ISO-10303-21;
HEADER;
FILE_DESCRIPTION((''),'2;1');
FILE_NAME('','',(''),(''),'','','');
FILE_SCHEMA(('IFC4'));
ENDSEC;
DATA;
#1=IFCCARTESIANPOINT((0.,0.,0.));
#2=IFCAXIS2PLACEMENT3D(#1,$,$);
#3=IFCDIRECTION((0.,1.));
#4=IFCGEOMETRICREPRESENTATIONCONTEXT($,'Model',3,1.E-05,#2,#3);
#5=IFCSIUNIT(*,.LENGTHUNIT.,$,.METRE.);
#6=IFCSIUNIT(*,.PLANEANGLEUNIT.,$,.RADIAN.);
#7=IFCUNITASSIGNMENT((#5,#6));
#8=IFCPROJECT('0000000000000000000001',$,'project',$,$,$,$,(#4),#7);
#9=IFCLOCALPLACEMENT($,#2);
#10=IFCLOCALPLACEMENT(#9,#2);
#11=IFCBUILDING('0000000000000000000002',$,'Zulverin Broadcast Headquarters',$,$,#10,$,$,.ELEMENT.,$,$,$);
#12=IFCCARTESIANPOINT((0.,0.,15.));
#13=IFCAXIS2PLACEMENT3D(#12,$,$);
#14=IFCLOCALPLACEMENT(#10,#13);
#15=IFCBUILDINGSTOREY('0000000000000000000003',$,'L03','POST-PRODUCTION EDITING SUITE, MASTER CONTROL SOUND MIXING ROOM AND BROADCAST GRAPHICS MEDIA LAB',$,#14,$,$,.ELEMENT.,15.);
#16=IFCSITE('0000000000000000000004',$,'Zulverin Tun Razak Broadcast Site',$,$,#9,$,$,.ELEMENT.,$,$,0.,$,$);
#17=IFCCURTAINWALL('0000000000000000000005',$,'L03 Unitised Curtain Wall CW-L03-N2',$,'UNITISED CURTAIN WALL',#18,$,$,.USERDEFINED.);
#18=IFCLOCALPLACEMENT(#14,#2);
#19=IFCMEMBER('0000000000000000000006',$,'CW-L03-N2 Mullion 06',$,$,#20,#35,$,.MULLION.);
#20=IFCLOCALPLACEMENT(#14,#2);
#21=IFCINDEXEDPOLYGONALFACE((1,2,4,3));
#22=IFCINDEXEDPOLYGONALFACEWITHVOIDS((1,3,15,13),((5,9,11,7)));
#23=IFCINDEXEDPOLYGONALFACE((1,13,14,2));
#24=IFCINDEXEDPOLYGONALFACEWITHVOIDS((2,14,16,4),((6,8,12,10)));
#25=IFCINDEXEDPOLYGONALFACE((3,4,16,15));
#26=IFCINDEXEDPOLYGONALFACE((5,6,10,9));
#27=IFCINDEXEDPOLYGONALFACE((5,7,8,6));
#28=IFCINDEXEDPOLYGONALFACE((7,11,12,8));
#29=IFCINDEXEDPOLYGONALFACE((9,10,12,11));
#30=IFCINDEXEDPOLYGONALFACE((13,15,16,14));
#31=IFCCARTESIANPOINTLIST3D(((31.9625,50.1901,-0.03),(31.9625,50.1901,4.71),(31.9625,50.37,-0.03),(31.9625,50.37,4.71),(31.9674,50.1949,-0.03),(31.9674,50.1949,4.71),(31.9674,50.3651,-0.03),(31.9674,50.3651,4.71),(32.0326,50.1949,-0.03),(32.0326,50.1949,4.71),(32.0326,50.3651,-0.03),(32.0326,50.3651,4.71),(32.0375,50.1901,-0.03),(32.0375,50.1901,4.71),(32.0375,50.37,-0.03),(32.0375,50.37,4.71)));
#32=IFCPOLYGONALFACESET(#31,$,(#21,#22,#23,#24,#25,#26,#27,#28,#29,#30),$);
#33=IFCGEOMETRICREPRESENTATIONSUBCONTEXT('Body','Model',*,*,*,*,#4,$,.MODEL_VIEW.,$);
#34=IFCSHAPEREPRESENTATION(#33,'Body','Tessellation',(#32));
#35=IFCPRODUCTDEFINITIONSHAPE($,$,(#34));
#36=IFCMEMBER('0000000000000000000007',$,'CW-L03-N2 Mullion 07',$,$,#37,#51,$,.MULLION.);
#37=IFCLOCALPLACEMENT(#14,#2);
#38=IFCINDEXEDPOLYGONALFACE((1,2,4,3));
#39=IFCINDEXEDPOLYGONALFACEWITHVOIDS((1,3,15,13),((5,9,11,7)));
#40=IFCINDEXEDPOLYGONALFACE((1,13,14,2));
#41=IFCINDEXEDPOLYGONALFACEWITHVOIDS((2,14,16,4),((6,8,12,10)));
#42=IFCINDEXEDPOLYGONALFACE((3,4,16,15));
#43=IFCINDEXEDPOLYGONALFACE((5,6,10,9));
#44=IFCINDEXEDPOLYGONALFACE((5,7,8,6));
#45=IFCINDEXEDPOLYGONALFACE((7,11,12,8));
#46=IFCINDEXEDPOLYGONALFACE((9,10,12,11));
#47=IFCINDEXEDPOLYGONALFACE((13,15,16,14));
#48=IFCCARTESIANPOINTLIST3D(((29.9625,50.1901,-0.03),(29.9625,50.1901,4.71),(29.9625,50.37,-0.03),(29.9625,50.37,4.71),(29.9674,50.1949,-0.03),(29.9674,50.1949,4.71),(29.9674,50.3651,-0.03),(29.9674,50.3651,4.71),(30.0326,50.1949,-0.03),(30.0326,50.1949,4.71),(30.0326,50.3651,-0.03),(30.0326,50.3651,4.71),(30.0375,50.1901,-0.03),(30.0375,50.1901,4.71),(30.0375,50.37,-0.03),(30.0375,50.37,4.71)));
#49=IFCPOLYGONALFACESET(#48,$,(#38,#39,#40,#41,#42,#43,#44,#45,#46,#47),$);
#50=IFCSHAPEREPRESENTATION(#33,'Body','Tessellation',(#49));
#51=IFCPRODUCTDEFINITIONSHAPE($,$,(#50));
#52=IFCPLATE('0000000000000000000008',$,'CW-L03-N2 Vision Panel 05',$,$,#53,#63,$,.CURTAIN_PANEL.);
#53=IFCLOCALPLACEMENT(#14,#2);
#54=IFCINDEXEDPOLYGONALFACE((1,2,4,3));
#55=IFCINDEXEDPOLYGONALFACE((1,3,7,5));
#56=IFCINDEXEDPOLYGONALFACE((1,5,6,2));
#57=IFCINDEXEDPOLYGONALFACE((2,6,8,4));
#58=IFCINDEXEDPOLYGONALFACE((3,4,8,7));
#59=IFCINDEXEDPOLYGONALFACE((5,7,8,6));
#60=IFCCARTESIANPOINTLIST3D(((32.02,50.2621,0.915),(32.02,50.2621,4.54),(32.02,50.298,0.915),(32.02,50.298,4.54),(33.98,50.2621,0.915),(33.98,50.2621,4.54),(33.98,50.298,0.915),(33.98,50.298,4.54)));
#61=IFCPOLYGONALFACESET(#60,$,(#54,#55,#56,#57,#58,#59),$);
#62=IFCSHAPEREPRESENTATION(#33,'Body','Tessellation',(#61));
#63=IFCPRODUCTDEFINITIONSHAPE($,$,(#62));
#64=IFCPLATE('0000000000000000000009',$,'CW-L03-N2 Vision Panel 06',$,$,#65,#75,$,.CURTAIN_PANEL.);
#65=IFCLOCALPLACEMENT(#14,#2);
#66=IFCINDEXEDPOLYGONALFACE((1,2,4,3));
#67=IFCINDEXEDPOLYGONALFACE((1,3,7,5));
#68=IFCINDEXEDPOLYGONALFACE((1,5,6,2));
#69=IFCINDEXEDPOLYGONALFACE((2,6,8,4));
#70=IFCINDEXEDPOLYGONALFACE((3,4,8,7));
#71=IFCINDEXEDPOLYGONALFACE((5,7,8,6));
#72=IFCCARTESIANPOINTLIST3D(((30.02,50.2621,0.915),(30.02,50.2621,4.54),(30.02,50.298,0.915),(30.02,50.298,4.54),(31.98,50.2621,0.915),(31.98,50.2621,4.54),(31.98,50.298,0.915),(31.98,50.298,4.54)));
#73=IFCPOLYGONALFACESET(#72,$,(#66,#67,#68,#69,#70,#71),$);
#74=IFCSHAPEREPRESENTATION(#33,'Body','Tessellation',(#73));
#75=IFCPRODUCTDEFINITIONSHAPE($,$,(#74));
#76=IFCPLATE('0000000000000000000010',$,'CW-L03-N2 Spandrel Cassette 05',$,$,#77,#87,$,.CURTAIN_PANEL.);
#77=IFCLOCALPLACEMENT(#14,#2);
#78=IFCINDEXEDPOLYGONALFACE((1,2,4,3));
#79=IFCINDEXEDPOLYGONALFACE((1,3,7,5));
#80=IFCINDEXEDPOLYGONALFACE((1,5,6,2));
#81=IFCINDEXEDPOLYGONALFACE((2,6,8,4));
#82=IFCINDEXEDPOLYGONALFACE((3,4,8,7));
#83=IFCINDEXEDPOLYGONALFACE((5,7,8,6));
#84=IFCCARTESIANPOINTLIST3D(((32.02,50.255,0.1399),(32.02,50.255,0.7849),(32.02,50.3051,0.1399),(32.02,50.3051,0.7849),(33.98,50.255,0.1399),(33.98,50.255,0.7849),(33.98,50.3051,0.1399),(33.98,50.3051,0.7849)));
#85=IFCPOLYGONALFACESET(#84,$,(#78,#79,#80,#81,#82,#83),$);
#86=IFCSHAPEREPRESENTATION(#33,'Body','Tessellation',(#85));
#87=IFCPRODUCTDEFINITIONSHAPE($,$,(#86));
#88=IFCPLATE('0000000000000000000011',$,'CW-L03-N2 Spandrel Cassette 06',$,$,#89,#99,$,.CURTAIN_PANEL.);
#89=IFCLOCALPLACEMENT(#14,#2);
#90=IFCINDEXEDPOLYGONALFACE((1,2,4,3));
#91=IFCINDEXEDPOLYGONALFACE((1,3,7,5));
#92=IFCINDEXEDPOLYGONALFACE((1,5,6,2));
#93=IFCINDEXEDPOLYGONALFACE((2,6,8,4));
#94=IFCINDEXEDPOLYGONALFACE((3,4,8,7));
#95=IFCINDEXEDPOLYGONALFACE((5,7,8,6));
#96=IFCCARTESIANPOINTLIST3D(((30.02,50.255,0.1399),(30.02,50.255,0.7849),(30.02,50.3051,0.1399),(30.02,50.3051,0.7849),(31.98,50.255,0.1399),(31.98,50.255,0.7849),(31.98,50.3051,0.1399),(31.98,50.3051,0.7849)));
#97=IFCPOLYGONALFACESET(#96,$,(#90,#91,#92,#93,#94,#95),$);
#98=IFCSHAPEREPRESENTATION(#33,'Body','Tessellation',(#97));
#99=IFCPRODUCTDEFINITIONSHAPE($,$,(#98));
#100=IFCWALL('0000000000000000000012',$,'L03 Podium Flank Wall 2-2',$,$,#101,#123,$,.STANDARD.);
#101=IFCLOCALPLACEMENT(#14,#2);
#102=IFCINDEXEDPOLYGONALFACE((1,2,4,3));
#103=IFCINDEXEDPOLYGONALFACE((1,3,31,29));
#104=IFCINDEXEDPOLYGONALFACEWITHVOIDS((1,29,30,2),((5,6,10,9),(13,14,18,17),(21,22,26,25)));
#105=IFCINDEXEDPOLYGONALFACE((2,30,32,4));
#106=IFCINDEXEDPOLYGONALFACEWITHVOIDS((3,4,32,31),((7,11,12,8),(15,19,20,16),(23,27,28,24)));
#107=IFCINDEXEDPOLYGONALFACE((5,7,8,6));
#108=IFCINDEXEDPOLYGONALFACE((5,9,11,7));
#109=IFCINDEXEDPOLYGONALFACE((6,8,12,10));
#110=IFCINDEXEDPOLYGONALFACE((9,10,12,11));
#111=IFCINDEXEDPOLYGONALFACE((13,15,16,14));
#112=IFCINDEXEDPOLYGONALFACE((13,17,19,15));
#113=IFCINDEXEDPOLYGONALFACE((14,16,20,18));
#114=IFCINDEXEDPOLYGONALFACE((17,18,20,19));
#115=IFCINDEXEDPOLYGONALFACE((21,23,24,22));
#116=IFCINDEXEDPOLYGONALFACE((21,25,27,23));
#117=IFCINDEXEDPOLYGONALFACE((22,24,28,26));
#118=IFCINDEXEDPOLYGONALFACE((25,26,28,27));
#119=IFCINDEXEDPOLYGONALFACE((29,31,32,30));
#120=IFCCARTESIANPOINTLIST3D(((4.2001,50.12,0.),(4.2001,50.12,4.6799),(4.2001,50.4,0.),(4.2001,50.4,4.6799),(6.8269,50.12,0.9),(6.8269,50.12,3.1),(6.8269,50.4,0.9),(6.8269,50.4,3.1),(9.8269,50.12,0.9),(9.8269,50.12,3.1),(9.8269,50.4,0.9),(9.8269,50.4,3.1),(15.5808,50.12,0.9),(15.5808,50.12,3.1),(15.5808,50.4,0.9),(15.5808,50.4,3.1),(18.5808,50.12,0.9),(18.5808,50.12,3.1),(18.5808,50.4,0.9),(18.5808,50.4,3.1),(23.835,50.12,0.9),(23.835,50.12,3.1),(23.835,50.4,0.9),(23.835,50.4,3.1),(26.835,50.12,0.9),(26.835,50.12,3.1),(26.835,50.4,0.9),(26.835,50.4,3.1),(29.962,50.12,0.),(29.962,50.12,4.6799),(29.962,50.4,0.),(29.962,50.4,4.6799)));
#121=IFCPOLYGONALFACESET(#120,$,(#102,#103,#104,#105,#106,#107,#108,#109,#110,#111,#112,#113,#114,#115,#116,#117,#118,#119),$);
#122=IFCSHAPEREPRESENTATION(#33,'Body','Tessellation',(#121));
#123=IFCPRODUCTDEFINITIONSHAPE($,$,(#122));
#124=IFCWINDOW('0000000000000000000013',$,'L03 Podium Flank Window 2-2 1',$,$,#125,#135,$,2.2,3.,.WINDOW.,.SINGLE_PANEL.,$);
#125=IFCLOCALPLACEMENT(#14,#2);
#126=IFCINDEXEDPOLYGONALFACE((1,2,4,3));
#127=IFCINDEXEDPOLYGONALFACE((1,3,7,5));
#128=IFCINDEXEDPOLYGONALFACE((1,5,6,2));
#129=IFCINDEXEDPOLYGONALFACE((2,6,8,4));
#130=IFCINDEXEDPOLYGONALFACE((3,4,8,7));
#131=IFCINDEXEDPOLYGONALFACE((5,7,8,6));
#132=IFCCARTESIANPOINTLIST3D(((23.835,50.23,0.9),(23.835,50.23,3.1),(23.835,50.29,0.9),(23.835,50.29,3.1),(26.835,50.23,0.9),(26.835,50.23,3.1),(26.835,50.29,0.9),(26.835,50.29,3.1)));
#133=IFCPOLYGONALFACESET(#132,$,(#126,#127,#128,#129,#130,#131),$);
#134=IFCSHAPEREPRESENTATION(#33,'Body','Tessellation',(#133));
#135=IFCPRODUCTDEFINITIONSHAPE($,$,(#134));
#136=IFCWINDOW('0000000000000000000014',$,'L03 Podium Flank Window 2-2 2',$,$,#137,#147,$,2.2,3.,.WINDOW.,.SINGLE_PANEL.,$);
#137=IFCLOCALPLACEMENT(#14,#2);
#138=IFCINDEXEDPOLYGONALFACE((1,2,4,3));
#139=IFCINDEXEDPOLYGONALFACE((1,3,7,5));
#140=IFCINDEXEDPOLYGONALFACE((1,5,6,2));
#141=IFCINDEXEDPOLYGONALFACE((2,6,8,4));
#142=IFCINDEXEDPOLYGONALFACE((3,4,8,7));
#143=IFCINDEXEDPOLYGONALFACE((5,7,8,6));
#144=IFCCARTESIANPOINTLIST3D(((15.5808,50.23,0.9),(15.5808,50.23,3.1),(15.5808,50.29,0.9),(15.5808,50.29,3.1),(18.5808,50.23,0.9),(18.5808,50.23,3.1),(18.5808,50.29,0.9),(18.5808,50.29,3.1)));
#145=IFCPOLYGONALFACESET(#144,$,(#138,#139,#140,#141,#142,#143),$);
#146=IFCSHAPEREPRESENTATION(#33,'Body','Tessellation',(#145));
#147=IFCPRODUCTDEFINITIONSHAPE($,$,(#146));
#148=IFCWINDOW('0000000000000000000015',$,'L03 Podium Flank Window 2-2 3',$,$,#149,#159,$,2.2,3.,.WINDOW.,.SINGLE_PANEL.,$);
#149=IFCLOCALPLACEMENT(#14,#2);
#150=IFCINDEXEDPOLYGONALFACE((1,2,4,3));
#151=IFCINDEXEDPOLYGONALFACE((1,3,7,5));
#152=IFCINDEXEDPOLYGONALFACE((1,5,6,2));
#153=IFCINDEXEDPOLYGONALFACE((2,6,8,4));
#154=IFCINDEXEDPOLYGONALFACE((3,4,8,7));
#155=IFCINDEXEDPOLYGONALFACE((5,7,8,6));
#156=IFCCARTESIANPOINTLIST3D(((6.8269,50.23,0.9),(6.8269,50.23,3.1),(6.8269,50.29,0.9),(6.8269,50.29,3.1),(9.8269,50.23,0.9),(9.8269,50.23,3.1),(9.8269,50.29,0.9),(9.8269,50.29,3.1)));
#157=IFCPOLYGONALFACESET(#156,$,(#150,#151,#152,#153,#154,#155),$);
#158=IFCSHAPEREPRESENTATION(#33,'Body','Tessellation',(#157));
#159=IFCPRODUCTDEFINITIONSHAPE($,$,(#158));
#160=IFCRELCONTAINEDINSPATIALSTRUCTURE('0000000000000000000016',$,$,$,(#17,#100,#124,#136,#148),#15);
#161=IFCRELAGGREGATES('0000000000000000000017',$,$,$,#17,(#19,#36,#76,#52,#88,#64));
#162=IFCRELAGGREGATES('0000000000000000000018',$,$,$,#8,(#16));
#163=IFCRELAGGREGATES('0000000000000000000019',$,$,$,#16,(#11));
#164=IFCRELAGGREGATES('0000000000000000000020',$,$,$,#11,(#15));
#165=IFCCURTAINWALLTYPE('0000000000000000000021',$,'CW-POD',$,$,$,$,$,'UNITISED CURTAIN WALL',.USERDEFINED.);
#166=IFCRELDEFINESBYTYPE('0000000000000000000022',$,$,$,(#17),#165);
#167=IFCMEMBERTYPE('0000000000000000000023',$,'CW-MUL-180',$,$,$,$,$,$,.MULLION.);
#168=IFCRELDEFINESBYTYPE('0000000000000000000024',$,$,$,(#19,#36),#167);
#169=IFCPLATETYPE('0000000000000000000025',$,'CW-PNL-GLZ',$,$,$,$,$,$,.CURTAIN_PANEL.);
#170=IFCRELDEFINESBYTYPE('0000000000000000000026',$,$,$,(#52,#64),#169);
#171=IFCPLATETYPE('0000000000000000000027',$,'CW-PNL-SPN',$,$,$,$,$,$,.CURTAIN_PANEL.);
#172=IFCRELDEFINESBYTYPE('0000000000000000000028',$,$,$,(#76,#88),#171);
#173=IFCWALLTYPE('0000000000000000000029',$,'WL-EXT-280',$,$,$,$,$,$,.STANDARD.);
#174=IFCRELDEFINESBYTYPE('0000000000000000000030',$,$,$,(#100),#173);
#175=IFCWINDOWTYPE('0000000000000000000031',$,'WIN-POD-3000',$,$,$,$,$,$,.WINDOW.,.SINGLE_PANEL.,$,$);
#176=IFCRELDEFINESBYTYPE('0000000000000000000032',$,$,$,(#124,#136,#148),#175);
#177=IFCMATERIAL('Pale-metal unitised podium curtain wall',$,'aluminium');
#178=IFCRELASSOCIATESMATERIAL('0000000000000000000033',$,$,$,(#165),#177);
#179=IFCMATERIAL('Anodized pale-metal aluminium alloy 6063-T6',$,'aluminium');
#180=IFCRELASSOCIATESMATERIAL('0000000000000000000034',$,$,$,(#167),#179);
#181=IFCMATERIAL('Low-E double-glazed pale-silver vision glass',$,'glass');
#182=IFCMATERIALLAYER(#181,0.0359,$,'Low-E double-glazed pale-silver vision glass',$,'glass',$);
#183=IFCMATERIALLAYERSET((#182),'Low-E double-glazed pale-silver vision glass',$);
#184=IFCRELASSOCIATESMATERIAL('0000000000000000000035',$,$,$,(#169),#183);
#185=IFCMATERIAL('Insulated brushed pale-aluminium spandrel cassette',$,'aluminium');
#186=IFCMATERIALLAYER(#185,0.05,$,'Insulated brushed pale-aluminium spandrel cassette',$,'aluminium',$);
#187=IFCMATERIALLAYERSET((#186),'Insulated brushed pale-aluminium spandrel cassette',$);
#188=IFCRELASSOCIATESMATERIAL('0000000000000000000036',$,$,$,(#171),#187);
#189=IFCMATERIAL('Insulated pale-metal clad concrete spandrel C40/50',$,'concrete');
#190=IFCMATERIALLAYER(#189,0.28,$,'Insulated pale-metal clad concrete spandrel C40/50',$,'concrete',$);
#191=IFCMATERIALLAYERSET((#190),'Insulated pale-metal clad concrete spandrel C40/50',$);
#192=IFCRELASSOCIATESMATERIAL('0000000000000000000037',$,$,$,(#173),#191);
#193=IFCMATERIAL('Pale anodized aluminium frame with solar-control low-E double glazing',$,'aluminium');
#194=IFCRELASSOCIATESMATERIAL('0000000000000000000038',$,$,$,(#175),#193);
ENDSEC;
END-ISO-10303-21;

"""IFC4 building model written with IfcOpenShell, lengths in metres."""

from ifc_helpers import new_model, si_unit, direction, frame, frame_2d, origin, origin_2d, place, context, subcontext, project, spatial, rectangle, hollow_rectangle, extrude, material, layer, layer_set, material_profile, profile_set, type_object, element, fill, aggregate, save


model = new_model("IFC4")

# Units and contexts
model_context = context("Model", 3, precision=1e-05, world=origin(), true_north=direction((0.0, 1.0)))
body_context = subcontext(model_context, "Body", "Model", "MODEL_VIEW")
ifc_project = project(units=[si_unit("LENGTHUNIT", "METRE"), si_unit("PLANEANGLEUNIT", "RADIAN")], contexts=[model_context])

# Site, building, storey
site_placement = place(None, origin())
site = spatial("IfcSite", under=ifc_project, at=site_placement, Name="Zulverin Tun Razak Broadcast Site", CompositionType="ELEMENT", RefElevation=0.0)
building_placement = place(site_placement, origin())
building = spatial("IfcBuilding", under=site, at=building_placement, Name="Zulverin Broadcast Headquarters", CompositionType="ELEMENT")
storey_placement = place(building_placement, frame((0.0, 0.0, 15.0)))
storey = spatial("IfcBuildingStorey", under=building, at=storey_placement, Name="L03", Description="POST-PRODUCTION EDITING SUITE, MASTER CONTROL SOUND MIXING ROOM AND BROADCAST GRAPHICS MEDIA LAB", CompositionType="ELEMENT", Elevation=15.0)

# Curtain wall, members, plates
ifc_material_1 = material(Name="Pale-metal unitised podium curtain wall", Category="aluminium")
curtain_wall_type = type_object("IfcCurtainWallType", Name="CW-POD", ElementType="UNITISED CURTAIN WALL", PredefinedType="USERDEFINED", material=ifc_material_1)
curtain_wall_placement = place(storey_placement, origin())
curtain_wall = element("IfcCurtainWall", 1, at=curtain_wall_placement, inside=storey, type_object=curtain_wall_type, Name="L03 Unitised Curtain Wall CW-L03-N2", ObjectType="UNITISED CURTAIN WALL", PredefinedType="USERDEFINED")
ifc_material_2 = material(Name="Anodized pale-metal aluminium alloy 6063-T6", Category="aluminium")
ifc_material_profile = material_profile(ifc_material_2, hollow_rectangle(XDim=0.075, YDim=0.1799, WallThickness=0.0049, at=origin_2d()), Name="Anodized pale-metal aluminium alloy 6063-T6", Category="aluminium")
ifc_profile_set = profile_set([ifc_material_profile], Name="Anodized pale-metal aluminium alloy 6063-T6")
member_type = type_object("IfcMemberType", Name="CW-MUL-180", PredefinedType="MULLION", material=ifc_profile_set)
member_1_placement = place(storey_placement, frame((32.0, 50.28, -0.03), z_axis=(0.0, 0.0, 1.0), x_axis=(-1.0, 0.0, 0.0)))
member_1 = element("IfcMember", 2, at=member_1_placement, type_object=member_type, Name="CW-L03-N2 Mullion 06", PredefinedType="MULLION", context=body_context, shape_type="SweptSolid", body=[
    extrude(hollow_rectangle(XDim=0.075, YDim=0.1799, WallThickness=0.0049, at=origin_2d()), origin(), (0.0, 0.0, 1.0), 4.74),
])
member_2_placement = place(storey_placement, frame((30.0, 50.28, -0.03), z_axis=(0.0, 0.0, 1.0), x_axis=(-1.0, 0.0, 0.0)))
member_2 = element("IfcMember", 3, at=member_2_placement, type_object=member_type, Name="CW-L03-N2 Mullion 07", PredefinedType="MULLION", context=body_context, shape_type="SweptSolid", body=[
    extrude(hollow_rectangle(XDim=0.075, YDim=0.1799, WallThickness=0.0049, at=origin_2d()), origin(), (0.0, 0.0, 1.0), 4.74),
])
ifc_material_3 = material(Name="Low-E double-glazed pale-silver vision glass", Category="glass")
ifc_layer_1 = layer(ifc_material_3, 0.0359, Name="Low-E double-glazed pale-silver vision glass", Category="glass")
ifc_layer_set_1 = layer_set([ifc_layer_1], Name="Low-E double-glazed pale-silver vision glass")
plate_type_1 = type_object("IfcPlateType", Name="CW-PNL-GLZ", PredefinedType="CURTAIN_PANEL", material=ifc_layer_set_1)
plate_1_placement = place(storey_placement, frame((33.0, 50.28, 0.915), z_axis=(0.0, 0.0, 1.0), x_axis=(-1.0, 0.0, 0.0)))
plate_1 = element("IfcPlate", 4, at=plate_1_placement, type_object=plate_type_1, Name="CW-L03-N2 Vision Panel 05", PredefinedType="CURTAIN_PANEL", context=body_context, shape_type="SweptSolid", body=[
    extrude(rectangle(XDim=1.96, YDim=0.0359, at=origin_2d()), origin(), (0.0, 0.0, 1.0), 3.625),
])
plate_2_placement = place(storey_placement, frame((31.0, 50.28, 0.915), z_axis=(0.0, 0.0, 1.0), x_axis=(-1.0, 0.0, 0.0)))
plate_2 = element("IfcPlate", 5, at=plate_2_placement, type_object=plate_type_1, Name="CW-L03-N2 Vision Panel 06", PredefinedType="CURTAIN_PANEL", context=body_context, shape_type="SweptSolid", body=[
    extrude(rectangle(XDim=1.96, YDim=0.0359, at=origin_2d()), origin(), (0.0, 0.0, 1.0), 3.625),
])
ifc_material_4 = material(Name="Insulated brushed pale-aluminium spandrel cassette", Category="aluminium")
ifc_layer_2 = layer(ifc_material_4, 0.05, Name="Insulated brushed pale-aluminium spandrel cassette", Category="aluminium")
ifc_layer_set_2 = layer_set([ifc_layer_2], Name="Insulated brushed pale-aluminium spandrel cassette")
plate_type_2 = type_object("IfcPlateType", Name="CW-PNL-SPN", PredefinedType="CURTAIN_PANEL", material=ifc_layer_set_2)
plate_3_placement = place(storey_placement, frame((33.0, 50.28, 0.1399), z_axis=(0.0, 0.0, 1.0), x_axis=(-1.0, 0.0, 0.0)))
plate_3 = element("IfcPlate", 6, at=plate_3_placement, type_object=plate_type_2, Name="CW-L03-N2 Spandrel Cassette 05", PredefinedType="CURTAIN_PANEL", context=body_context, shape_type="SweptSolid", body=[
    extrude(rectangle(XDim=1.96, YDim=0.05, at=origin_2d()), origin(), (0.0, 0.0, 1.0), 0.645),
])
plate_4_placement = place(storey_placement, frame((31.0, 50.28, 0.1399), z_axis=(0.0, 0.0, 1.0), x_axis=(-1.0, 0.0, 0.0)))
plate_4 = element("IfcPlate", 7, at=plate_4_placement, type_object=plate_type_2, Name="CW-L03-N2 Spandrel Cassette 06", PredefinedType="CURTAIN_PANEL", context=body_context, shape_type="SweptSolid", body=[
    extrude(rectangle(XDim=1.96, YDim=0.05, at=origin_2d()), origin(), (0.0, 0.0, 1.0), 0.645),
])
aggregate(curtain_wall, [member_1, member_2, plate_3, plate_1, plate_4, plate_2])

# Wall, openings, windows
ifc_material_5 = material(Name="Insulated pale-metal clad concrete spandrel C40/50", Category="concrete")
ifc_layer_3 = layer(ifc_material_5, 0.28, Name="Insulated pale-metal clad concrete spandrel C40/50", Category="concrete")
ifc_layer_set_3 = layer_set([ifc_layer_3], Name="Insulated pale-metal clad concrete spandrel C40/50")
wall_type_1 = type_object("IfcWallType", Name="WL-EXT-280", PredefinedType="STANDARD", material=ifc_layer_set_3)
wall_1_placement = place(storey_placement, frame((29.9619, 50.26, 0.0), z_axis=(0.0, 0.0, 1.0), x_axis=(-1.0, 0.0, 0.0)))
wall_1 = element("IfcWall", 8, at=wall_1_placement, inside=storey, type_object=wall_type_1, Name="L03 Podium Flank Wall 2-2", PredefinedType="STANDARD", context=body_context, shape_type="SweptSolid", body=[
    extrude(rectangle(XDim=25.762, YDim=0.28, at=frame_2d((12.8809, 0.0))), origin(), (0.0, 0.0, 1.0), 4.6799),
])
opening_1_placement = place(wall_1_placement, frame((3.127, 0.0, 0.8999)))
opening_1 = element("IfcOpeningElement", 9, at=opening_1_placement, cuts=wall_1, PredefinedType="OPENING", context=body_context, shape_type="SweptSolid", body=[
    extrude(rectangle(XDim=3.0, YDim=2.2, at=frame_2d((1.5, 1.1001))), frame((0.0, 0.1499, 0.0), z_axis=(0.0, -1.0, 0.0), x_axis=(1.0, 0.0, 0.0)), (0.0, 0.0, 1.0), 0.3),
])
opening_2_placement = place(wall_1_placement, frame((11.3811, 0.0, 0.8999)))
opening_2 = element("IfcOpeningElement", 10, at=opening_2_placement, cuts=wall_1, PredefinedType="OPENING", context=body_context, shape_type="SweptSolid", body=[
    extrude(rectangle(XDim=3.0, YDim=2.2, at=frame_2d((1.5, 1.1001))), frame((0.0, 0.1499, 0.0), z_axis=(0.0, -1.0, 0.0), x_axis=(1.0, 0.0, 0.0)), (0.0, 0.0, 1.0), 0.3),
])
opening_3_placement = place(wall_1_placement, frame((20.135, 0.0, 0.8999)))
opening_3 = element("IfcOpeningElement", 11, at=opening_3_placement, cuts=wall_1, PredefinedType="OPENING", context=body_context, shape_type="SweptSolid", body=[
    extrude(rectangle(XDim=3.0, YDim=2.2, at=frame_2d((1.5, 1.1001))), frame((0.0, 0.1499, 0.0), z_axis=(0.0, -1.0, 0.0), x_axis=(1.0, 0.0, 0.0)), (0.0, 0.0, 1.0), 0.3),
])
ifc_material_6 = material(Name="Pale anodized aluminium frame with solar-control low-E double glazing", Category="aluminium")
window_type = type_object("IfcWindowType", Name="WIN-POD-3000", PartitioningType="SINGLE_PANEL", PredefinedType="WINDOW", material=ifc_material_6)
window_1_placement = place(opening_1_placement, origin())
window_1 = element("IfcWindow", 12, at=window_1_placement, inside=storey, type_object=window_type, Name="L03 Podium Flank Window 2-2 1", OverallHeight=2.2, OverallWidth=3.0, PartitioningType="SINGLE_PANEL", PredefinedType="WINDOW", context=body_context, shape_type="SweptSolid", body=[
    extrude(rectangle(XDim=3.0, YDim=2.2, at=frame_2d((1.5, 1.1001))), frame((0.0, 0.03, 0.0), z_axis=(0.0, -1.0, 0.0), x_axis=(1.0, 0.0, 0.0)), (0.0, 0.0, 1.0), 0.0601),
])
fill(opening_1, window_1)
window_2_placement = place(opening_2_placement, origin())
window_2 = element("IfcWindow", 13, at=window_2_placement, inside=storey, type_object=window_type, Name="L03 Podium Flank Window 2-2 2", OverallHeight=2.2, OverallWidth=3.0, PartitioningType="SINGLE_PANEL", PredefinedType="WINDOW", context=body_context, shape_type="SweptSolid", body=[
    extrude(rectangle(XDim=3.0, YDim=2.2, at=frame_2d((1.5, 1.1001))), frame((0.0, 0.03, 0.0), z_axis=(0.0, -1.0, 0.0), x_axis=(1.0, 0.0, 0.0)), (0.0, 0.0, 1.0), 0.0601),
])
fill(opening_2, window_2)
window_3_placement = place(opening_3_placement, origin())
window_3 = element("IfcWindow", 14, at=window_3_placement, inside=storey, type_object=window_type, Name="L03 Podium Flank Window 2-2 3", OverallHeight=2.2, OverallWidth=3.0, PartitioningType="SINGLE_PANEL", PredefinedType="WINDOW", context=body_context, shape_type="SweptSolid", body=[
    extrude(rectangle(XDim=3.0, YDim=2.2, at=frame_2d((1.5, 1.1001))), frame((0.0, 0.03, 0.0), z_axis=(0.0, -1.0, 0.0), x_axis=(1.0, 0.0, 0.0)), (0.0, 0.0, 1.0), 0.0601),
])
fill(opening_3, window_3)

save(model, "model.ifc")
